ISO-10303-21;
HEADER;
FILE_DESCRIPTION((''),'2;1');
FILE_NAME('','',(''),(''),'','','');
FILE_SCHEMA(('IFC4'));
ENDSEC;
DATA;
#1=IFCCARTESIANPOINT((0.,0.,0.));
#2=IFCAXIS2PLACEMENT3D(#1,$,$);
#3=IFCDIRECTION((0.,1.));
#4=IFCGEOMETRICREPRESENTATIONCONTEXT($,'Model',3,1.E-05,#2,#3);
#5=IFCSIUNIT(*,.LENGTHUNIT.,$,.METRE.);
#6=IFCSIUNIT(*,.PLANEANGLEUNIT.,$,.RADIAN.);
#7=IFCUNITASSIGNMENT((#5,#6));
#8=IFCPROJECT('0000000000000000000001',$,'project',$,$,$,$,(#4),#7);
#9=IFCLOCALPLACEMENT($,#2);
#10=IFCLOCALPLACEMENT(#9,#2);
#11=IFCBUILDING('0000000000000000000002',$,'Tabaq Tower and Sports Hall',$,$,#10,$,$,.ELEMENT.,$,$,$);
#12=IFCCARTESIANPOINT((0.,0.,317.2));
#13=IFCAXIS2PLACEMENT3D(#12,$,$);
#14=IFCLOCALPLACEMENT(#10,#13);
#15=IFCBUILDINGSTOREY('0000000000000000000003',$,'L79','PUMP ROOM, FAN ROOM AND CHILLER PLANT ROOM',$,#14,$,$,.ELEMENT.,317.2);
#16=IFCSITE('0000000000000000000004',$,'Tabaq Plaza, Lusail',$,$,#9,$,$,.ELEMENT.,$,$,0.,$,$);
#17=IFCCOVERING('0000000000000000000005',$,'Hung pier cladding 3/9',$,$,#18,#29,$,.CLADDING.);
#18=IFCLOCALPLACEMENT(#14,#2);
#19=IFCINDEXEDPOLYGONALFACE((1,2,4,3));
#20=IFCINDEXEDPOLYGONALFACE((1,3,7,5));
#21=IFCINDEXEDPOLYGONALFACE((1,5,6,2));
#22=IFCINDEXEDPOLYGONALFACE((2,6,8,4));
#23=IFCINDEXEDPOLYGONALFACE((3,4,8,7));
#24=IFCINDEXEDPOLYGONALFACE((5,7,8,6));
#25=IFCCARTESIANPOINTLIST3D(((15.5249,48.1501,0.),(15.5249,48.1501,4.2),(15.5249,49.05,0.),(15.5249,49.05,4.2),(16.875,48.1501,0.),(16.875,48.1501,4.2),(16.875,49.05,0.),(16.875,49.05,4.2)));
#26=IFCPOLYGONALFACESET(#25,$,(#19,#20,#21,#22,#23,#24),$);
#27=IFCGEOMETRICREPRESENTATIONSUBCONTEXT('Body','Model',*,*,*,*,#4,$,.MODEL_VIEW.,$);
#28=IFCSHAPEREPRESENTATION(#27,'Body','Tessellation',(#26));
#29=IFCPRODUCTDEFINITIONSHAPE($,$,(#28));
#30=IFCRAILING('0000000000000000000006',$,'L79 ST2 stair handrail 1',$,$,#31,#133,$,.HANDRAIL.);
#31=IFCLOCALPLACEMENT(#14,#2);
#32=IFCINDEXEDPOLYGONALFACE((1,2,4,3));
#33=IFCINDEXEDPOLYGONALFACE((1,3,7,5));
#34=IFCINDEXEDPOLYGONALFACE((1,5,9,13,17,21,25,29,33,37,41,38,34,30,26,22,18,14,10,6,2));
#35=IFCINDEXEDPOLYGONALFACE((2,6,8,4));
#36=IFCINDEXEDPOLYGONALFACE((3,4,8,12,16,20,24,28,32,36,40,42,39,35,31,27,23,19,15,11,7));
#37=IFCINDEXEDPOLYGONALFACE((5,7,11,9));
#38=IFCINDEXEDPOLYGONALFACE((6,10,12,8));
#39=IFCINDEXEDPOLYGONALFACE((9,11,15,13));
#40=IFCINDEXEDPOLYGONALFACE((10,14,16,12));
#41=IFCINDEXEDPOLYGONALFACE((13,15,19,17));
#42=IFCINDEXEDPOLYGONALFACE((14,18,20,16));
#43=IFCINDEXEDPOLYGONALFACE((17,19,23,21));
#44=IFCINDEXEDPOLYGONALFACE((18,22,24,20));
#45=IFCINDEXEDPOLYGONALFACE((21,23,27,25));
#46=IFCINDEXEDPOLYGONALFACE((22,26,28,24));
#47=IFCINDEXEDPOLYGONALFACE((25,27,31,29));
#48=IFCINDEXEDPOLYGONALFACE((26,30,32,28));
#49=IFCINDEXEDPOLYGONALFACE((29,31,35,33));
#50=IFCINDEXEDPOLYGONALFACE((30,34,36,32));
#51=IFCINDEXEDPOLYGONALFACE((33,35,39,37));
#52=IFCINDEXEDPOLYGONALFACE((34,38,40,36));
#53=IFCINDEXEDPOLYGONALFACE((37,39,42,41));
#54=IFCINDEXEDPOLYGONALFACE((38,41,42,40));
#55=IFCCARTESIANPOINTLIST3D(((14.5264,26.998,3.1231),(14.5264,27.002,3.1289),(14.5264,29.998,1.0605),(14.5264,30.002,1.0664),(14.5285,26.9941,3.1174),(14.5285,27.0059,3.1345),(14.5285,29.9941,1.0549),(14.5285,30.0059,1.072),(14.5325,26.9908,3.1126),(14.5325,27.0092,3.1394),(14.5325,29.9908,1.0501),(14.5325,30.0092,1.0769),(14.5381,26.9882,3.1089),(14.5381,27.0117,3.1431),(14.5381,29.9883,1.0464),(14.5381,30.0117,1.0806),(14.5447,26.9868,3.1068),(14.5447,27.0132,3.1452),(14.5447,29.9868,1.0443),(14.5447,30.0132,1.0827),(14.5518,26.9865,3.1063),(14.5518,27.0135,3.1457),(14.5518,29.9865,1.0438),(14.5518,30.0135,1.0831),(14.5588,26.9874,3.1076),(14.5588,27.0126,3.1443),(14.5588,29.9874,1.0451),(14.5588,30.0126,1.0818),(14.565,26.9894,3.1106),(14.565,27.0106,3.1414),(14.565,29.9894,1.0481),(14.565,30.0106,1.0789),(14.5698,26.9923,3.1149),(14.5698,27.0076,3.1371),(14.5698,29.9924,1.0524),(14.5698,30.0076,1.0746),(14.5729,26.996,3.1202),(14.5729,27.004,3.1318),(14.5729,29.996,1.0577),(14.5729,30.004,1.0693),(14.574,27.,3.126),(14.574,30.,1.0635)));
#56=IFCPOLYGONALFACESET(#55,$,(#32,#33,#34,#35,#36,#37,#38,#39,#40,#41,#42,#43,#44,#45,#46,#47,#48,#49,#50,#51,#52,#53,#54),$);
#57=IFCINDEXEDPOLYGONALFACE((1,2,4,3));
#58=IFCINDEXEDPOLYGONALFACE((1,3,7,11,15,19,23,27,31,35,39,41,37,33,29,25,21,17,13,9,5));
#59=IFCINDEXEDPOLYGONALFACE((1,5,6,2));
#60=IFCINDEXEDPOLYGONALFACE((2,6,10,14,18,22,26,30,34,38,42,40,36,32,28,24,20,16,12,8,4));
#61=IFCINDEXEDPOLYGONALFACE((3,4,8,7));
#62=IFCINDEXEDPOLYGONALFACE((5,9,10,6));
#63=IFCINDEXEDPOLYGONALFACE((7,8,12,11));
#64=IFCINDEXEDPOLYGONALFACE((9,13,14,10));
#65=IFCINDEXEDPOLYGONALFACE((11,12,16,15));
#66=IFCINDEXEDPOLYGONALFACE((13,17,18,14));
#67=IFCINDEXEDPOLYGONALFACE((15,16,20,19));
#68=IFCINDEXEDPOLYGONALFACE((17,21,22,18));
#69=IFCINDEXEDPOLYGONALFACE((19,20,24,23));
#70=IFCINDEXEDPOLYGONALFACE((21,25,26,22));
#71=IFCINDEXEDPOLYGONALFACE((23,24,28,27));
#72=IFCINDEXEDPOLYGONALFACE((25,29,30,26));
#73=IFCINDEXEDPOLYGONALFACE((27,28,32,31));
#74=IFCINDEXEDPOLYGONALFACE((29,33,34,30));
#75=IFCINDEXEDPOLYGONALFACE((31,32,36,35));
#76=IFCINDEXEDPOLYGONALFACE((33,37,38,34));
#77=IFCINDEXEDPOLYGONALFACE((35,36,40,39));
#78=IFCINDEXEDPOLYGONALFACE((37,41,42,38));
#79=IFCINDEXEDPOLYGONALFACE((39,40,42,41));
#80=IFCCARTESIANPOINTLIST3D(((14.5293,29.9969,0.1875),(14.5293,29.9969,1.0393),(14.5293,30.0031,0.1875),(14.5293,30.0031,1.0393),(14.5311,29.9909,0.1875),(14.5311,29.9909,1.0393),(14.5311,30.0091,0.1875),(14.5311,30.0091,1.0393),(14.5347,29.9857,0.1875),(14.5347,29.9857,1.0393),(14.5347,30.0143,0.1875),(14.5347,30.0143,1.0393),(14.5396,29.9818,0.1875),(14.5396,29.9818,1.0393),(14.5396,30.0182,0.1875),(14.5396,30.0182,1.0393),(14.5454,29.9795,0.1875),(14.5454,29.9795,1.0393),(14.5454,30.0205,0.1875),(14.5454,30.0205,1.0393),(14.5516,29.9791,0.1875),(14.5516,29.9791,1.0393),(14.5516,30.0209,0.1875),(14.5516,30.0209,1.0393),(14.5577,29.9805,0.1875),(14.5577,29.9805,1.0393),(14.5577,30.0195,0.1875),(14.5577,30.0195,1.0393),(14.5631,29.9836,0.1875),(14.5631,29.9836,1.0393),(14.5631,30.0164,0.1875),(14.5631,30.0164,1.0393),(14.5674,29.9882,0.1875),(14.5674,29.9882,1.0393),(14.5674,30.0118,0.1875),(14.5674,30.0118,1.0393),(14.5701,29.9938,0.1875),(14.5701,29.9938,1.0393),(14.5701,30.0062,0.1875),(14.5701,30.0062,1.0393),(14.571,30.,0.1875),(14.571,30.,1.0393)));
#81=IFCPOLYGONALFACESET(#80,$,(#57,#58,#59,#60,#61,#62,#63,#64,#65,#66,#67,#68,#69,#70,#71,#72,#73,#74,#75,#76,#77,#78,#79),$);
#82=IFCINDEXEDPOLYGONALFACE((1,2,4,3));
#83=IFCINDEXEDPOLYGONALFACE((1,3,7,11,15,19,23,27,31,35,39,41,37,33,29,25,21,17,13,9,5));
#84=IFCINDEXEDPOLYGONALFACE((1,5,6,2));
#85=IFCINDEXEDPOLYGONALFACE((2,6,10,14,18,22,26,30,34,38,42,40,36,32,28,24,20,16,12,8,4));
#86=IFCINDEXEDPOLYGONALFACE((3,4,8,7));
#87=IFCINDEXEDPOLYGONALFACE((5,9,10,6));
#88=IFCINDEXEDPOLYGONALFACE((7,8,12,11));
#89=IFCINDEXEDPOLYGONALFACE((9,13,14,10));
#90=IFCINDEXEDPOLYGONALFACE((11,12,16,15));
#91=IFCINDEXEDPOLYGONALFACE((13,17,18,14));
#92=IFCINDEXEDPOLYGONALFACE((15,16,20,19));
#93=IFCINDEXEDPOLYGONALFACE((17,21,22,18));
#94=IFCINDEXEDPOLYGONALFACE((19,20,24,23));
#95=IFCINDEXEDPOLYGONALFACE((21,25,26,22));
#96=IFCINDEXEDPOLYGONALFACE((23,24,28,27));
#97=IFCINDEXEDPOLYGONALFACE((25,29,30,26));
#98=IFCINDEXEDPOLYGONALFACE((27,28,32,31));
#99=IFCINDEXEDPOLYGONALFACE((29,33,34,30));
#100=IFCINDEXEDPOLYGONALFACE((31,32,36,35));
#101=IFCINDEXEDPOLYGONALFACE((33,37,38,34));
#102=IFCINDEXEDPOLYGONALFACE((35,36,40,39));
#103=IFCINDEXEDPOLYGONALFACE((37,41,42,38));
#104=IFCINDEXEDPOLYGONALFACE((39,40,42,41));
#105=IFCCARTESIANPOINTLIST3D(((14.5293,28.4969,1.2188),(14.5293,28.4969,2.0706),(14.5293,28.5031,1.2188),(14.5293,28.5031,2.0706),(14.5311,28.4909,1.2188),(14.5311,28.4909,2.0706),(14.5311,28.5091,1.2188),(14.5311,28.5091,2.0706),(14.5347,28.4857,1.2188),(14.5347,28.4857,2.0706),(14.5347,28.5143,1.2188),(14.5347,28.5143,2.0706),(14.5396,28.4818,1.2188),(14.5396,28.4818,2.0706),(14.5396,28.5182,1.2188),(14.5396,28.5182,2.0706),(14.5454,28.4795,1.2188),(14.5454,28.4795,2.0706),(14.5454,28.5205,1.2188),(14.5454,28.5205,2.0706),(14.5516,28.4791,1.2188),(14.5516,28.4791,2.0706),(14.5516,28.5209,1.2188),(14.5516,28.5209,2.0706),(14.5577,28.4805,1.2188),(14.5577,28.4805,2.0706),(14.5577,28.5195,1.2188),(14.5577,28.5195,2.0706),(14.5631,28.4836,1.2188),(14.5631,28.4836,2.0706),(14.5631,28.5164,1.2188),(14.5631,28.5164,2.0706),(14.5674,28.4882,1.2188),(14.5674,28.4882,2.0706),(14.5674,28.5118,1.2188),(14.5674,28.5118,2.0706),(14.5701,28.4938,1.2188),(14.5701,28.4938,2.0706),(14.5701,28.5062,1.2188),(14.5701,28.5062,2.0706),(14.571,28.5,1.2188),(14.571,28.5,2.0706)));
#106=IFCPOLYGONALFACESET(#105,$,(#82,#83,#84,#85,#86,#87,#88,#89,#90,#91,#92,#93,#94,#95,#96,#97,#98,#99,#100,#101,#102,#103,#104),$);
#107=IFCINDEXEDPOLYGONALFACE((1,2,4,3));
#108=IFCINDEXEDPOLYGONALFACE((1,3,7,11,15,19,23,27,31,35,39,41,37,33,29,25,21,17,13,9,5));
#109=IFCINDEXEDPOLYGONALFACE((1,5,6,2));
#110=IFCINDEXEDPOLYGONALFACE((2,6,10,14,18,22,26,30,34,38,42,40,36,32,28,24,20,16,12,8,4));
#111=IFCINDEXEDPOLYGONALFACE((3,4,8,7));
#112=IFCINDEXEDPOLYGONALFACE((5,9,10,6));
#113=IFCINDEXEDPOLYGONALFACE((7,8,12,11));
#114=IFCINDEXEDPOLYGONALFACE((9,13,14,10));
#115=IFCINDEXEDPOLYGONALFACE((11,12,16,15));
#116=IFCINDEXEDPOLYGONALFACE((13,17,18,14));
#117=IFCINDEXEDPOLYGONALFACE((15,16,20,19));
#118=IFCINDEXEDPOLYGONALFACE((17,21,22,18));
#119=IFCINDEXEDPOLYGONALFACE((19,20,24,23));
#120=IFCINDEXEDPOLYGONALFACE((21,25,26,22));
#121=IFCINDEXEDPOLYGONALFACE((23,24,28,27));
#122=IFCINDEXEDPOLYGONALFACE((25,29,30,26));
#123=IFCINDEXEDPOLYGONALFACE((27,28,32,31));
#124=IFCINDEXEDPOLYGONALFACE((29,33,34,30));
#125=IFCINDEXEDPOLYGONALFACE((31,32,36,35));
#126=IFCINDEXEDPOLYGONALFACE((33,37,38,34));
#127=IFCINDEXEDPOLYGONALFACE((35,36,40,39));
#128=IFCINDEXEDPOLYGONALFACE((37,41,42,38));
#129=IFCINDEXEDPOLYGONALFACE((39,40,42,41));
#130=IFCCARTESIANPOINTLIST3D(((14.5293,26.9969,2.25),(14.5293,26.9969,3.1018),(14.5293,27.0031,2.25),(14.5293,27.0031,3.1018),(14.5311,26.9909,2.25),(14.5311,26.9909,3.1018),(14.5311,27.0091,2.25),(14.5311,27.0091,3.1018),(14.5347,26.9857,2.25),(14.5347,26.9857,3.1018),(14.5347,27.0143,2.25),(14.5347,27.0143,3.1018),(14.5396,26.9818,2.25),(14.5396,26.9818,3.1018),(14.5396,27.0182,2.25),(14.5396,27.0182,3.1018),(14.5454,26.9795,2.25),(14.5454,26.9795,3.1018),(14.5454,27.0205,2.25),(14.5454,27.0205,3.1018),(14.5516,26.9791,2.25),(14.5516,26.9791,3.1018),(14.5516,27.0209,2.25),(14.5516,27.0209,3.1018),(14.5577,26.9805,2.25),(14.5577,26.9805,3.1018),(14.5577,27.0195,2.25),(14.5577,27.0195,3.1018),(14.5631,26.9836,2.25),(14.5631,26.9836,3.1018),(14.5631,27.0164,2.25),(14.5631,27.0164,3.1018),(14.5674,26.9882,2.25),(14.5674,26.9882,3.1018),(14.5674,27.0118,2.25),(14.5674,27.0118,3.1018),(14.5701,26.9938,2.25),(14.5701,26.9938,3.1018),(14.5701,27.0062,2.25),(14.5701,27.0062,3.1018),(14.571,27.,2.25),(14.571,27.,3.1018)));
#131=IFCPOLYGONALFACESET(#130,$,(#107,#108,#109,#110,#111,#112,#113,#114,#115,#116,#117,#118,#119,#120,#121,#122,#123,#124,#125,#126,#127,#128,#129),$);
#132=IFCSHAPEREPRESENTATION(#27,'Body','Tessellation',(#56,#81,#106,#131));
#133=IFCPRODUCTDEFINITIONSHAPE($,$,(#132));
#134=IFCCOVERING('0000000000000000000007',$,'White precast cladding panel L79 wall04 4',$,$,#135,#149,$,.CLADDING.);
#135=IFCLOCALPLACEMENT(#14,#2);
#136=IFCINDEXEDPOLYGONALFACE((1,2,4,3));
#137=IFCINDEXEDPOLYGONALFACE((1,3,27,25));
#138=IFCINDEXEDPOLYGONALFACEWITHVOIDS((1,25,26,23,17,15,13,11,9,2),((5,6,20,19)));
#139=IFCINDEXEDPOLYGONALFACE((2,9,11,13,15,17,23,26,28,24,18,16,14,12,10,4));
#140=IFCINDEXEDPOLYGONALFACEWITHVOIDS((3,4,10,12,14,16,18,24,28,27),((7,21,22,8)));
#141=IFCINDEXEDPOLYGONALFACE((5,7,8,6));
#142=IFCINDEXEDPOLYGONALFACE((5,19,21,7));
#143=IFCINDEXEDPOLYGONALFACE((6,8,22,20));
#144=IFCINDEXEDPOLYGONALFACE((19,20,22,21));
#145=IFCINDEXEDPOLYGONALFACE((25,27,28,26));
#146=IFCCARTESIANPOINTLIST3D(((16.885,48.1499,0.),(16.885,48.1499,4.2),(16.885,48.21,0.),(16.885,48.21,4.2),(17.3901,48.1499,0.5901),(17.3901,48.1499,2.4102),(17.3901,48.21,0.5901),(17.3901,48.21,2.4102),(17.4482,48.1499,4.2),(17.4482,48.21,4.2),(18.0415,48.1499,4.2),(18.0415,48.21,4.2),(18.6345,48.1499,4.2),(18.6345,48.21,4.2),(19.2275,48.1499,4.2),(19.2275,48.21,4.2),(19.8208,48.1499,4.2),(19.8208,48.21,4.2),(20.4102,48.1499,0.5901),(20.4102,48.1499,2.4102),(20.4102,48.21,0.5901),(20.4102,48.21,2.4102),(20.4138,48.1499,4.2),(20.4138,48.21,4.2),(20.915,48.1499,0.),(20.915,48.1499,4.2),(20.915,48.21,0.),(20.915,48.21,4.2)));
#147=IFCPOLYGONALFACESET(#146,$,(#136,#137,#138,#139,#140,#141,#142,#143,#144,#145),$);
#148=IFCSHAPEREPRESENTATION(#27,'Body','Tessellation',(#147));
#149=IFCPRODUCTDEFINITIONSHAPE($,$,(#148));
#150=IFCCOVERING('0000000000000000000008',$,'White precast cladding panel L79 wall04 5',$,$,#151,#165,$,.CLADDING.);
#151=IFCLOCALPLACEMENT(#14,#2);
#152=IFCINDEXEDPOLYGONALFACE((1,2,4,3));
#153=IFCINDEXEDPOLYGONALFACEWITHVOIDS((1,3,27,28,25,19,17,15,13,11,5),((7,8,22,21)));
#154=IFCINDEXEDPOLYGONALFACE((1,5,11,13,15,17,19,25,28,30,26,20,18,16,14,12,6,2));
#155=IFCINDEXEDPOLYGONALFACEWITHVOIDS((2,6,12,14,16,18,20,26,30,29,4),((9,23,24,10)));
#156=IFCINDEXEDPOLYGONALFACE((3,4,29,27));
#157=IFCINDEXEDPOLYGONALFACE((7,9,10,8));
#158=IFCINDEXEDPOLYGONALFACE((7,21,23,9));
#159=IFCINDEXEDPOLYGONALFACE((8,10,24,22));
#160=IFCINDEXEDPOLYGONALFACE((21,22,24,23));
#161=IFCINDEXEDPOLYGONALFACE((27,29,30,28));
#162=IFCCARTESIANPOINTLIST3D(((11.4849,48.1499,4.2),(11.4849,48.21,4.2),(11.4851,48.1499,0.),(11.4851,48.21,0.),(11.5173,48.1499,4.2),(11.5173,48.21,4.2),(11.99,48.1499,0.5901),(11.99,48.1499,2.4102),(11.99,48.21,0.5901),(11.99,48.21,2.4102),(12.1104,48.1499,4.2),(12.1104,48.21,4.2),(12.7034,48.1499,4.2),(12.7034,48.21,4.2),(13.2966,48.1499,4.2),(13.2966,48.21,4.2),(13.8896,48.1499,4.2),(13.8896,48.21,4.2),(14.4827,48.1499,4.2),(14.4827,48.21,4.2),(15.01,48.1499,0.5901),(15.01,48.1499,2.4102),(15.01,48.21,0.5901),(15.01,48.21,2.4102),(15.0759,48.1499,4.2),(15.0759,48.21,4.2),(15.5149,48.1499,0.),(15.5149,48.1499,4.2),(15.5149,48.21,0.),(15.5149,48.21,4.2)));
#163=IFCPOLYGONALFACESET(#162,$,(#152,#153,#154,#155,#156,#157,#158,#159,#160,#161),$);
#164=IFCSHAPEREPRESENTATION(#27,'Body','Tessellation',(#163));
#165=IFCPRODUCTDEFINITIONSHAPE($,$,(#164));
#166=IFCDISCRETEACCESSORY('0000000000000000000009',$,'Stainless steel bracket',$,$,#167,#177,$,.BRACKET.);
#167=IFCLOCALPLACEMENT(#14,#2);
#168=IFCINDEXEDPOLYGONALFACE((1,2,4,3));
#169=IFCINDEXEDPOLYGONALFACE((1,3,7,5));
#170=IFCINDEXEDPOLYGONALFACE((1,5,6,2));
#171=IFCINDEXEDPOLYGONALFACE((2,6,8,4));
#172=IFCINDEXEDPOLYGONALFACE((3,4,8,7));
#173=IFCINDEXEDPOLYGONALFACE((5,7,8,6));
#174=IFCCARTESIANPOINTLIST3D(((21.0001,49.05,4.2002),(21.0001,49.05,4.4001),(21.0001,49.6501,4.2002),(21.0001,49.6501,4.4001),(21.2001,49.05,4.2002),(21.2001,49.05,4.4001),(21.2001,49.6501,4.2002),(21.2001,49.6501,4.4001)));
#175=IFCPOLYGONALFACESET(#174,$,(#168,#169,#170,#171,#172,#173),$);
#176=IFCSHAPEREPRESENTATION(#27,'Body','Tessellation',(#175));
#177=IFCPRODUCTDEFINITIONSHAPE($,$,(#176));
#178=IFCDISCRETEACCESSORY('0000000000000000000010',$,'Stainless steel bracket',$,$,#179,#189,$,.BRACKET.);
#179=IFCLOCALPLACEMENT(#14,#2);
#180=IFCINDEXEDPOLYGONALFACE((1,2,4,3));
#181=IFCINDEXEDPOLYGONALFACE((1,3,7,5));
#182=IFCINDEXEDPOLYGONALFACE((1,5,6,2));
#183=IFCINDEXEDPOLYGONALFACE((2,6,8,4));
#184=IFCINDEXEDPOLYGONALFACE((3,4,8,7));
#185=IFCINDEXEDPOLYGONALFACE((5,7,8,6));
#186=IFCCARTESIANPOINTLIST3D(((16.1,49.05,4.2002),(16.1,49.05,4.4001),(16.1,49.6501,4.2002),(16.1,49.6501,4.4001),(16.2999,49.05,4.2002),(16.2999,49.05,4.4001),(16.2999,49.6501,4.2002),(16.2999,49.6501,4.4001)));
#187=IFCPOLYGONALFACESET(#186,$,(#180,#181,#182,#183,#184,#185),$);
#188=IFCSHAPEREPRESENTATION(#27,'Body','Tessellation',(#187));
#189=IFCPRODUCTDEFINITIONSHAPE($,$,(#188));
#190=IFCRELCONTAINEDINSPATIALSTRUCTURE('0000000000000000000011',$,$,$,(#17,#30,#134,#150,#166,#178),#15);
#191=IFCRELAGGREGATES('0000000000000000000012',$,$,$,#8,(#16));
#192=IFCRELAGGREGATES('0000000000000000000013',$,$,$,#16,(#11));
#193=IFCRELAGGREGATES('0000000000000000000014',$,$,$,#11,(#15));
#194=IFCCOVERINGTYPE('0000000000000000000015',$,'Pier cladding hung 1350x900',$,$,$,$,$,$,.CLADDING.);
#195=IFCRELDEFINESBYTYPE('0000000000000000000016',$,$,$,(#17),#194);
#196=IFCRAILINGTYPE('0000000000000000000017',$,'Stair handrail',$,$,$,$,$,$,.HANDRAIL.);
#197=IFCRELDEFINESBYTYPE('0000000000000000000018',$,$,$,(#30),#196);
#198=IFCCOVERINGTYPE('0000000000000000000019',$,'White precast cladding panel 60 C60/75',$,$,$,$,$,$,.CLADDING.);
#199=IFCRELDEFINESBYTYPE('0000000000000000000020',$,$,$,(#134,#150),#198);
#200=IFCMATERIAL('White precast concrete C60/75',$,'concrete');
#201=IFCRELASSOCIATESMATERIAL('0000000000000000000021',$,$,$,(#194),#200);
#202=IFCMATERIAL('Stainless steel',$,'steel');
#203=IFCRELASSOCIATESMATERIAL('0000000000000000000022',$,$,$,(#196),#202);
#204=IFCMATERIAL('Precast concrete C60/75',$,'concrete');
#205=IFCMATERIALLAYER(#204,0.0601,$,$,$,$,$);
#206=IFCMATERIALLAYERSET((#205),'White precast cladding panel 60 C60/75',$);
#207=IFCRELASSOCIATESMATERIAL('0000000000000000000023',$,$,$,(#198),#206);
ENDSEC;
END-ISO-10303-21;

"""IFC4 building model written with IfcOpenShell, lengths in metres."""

from ifc_helpers import new_model, si_unit, direction, frame, frame_2d, origin, origin_2d, place, context, subcontext, project, spatial, polyline, rectangle, circle, outline, extrude, material, layer, layer_set, type_object, element, save


model = new_model("IFC4")

# Units and contexts
model_context = context("Model", 3, precision=1e-05, world=origin(), true_north=direction((0.0, 1.0)))
body_context = subcontext(model_context, "Body", "Model", "MODEL_VIEW")
ifc_project = project(units=[si_unit("LENGTHUNIT", "METRE"), si_unit("PLANEANGLEUNIT", "RADIAN")], contexts=[model_context])

# Site, building, storey
site_placement = place(None, origin())
site = spatial("IfcSite", under=ifc_project, at=site_placement, Name="Tabaq Plaza, Lusail", CompositionType="ELEMENT", RefElevation=0.0)
building_placement = place(site_placement, origin())
building = spatial("IfcBuilding", under=site, at=building_placement, Name="Tabaq Tower and Sports Hall", CompositionType="ELEMENT")
storey_placement = place(building_placement, frame((0.0, 0.0, 317.2)))
storey = spatial("IfcBuildingStorey", under=building, at=storey_placement, Name="L79", Description="PUMP ROOM, FAN ROOM AND CHILLER PLANT ROOM", CompositionType="ELEMENT", Elevation=317.2)

# Covering
ifc_material_1 = material(Name="White precast concrete C60/75", Category="concrete")
covering_type_1 = type_object("IfcCoveringType", Name="Pier cladding hung 1350x900", PredefinedType="CLADDING", material=ifc_material_1)
for number, where, z_axis, x_axis, name in (
    (1, (16.875, 48.6001, 0.0), (0.0, 0.0, 1.0), (-1.0, 0.0, 0.0), "Hung pier cladding 3/9"),
):
    element("IfcCovering", number, at=place(storey_placement, frame(where, z_axis=z_axis, x_axis=x_axis)), inside=storey, type_object=covering_type_1, Name=name, PredefinedType="CLADDING", context=body_context, shape_type="SweptSolid", body=[
        extrude(rectangle(XDim=1.3501, YDim=0.8999, at=frame_2d((0.675, 0.0))), origin(), (0.0, 0.0, 1.0), 4.2),
    ])

# Railing
ifc_material_2 = material(Name="Stainless steel", Category="steel")
railing_type_1 = type_object("IfcRailingType", Name="Stair handrail", PredefinedType="HANDRAIL", material=ifc_material_2)
railing_1_placement = place(storey_placement, frame((14.55, 30.0, 0.1875)))
element("IfcRailing", 2, at=railing_1_placement, inside=storey, type_object=railing_type_1, Name="L79 ST2 stair handrail 1", PredefinedType="HANDRAIL", context=body_context, shape_type="SweptSolid", body=[
    extrude(circle(Radius=0.0239, at=origin_2d()), frame((0.0, 0.0, 0.876), z_axis=(0.0, -0.824042, 0.566529), x_axis=(1.0, 0.0, 0.0)), (0.0, 0.0, 1.0), 3.6406),
    extrude(circle(Radius=0.021, at=origin_2d()), origin(), (0.0, 0.0, 1.0), 0.8518),
    extrude(circle(Radius=0.021, at=origin_2d()), frame((0.0, -1.5, 1.0312)), (0.0, 0.0, 1.0), 0.8518),
    extrude(circle(Radius=0.021, at=origin_2d()), frame((0.0, -3.0, 2.0625)), (0.0, 0.0, 1.0), 0.8518),
])

# Coverings
ifc_material_3 = material(Name="Precast concrete C60/75", Category="concrete")
ifc_layer_1 = layer(ifc_material_3, 0.0601)
ifc_layer_set_1 = layer_set([ifc_layer_1], Name="White precast cladding panel 60 C60/75")
covering_type_2 = type_object("IfcCoveringType", Name="White precast cladding panel 60 C60/75", PredefinedType="CLADDING", material=ifc_layer_set_1)
covering_1_placement = place(storey_placement, frame((20.915, 48.1799, 0.0), z_axis=(0.0, 0.0, 1.0), x_axis=(-1.0, 0.0, 0.0)))
element("IfcCovering", 3, at=covering_1_placement, inside=storey, type_object=covering_type_2, Name="White precast cladding panel L79 wall04 4", PredefinedType="CLADDING", context=body_context, shape_type="SweptSolid", body=[
    extrude(outline(polyline([(0.0, 0.0), (4.03, 0.0), (4.03, 4.2), (3.4668, 4.2), (2.8735, 4.2), (2.2805, 4.2), (1.6875, 4.2), (1.0942, 4.2), (0.5012, 4.2), (0.0, 4.2), (0.0, 0.0)]), holes=[polyline([(0.5049, 0.5901), (0.5049, 2.4102), (3.5249, 2.4102), (3.5249, 0.5901), (0.5049, 0.5901)])]), frame((0.0, 0.03, 0.0), z_axis=(0.0, -1.0, 0.0), x_axis=(1.0, 0.0, 0.0)), (0.0, 0.0, 1.0), 0.0601),
])
covering_2_placement = place(storey_placement, frame((15.5149, 48.1799, 0.0), z_axis=(0.0, 0.0, 1.0), x_axis=(-1.0, 0.0, 0.0)))
element("IfcCovering", 4, at=covering_2_placement, inside=storey, type_object=covering_type_2, Name="White precast cladding panel L79 wall04 5", PredefinedType="CLADDING", context=body_context, shape_type="SweptSolid", body=[
    extrude(outline(polyline([(0.0, 0.0), (4.0298, 0.0), (4.03, 4.2), (3.9976, 4.2), (3.4045, 4.2), (2.8115, 4.2), (2.2183, 4.2), (1.6252, 4.2), (1.0322, 4.2), (0.439, 4.2), (0.0, 4.2), (0.0, 0.0)]), holes=[polyline([(0.5049, 0.5901), (0.5049, 2.4102), (3.5249, 2.4102), (3.5249, 0.5901), (0.5049, 0.5901)])]), frame((0.0, 0.03, 0.0), z_axis=(0.0, -1.0, 0.0), x_axis=(1.0, 0.0, 0.0)), (0.0, 0.0, 1.0), 0.0601),
])

# Discrete accessories
for number, where, z_axis, x_axis, name in (
    (5, (21.1001, 49.3501, 4.2002), (0.0, 0.0, 1.0), (0.0, 1.0, 0.0), "Stainless steel bracket"),
    (6, (16.2, 49.3501, 4.2002), (0.0, 0.0, 1.0), (0.0, 1.0, 0.0), "Stainless steel bracket"),
):
    element("IfcDiscreteAccessory", number, at=place(storey_placement, frame(where, z_axis=z_axis, x_axis=x_axis)), inside=storey, Name=name, PredefinedType="BRACKET", context=body_context, shape_type="SweptSolid", body=[
        extrude(rectangle(XDim=0.6001, YDim=0.2, at=origin_2d()), origin(), (0.0, 0.0, 1.0), 0.2),
    ])

save(model, "model.ifc")
